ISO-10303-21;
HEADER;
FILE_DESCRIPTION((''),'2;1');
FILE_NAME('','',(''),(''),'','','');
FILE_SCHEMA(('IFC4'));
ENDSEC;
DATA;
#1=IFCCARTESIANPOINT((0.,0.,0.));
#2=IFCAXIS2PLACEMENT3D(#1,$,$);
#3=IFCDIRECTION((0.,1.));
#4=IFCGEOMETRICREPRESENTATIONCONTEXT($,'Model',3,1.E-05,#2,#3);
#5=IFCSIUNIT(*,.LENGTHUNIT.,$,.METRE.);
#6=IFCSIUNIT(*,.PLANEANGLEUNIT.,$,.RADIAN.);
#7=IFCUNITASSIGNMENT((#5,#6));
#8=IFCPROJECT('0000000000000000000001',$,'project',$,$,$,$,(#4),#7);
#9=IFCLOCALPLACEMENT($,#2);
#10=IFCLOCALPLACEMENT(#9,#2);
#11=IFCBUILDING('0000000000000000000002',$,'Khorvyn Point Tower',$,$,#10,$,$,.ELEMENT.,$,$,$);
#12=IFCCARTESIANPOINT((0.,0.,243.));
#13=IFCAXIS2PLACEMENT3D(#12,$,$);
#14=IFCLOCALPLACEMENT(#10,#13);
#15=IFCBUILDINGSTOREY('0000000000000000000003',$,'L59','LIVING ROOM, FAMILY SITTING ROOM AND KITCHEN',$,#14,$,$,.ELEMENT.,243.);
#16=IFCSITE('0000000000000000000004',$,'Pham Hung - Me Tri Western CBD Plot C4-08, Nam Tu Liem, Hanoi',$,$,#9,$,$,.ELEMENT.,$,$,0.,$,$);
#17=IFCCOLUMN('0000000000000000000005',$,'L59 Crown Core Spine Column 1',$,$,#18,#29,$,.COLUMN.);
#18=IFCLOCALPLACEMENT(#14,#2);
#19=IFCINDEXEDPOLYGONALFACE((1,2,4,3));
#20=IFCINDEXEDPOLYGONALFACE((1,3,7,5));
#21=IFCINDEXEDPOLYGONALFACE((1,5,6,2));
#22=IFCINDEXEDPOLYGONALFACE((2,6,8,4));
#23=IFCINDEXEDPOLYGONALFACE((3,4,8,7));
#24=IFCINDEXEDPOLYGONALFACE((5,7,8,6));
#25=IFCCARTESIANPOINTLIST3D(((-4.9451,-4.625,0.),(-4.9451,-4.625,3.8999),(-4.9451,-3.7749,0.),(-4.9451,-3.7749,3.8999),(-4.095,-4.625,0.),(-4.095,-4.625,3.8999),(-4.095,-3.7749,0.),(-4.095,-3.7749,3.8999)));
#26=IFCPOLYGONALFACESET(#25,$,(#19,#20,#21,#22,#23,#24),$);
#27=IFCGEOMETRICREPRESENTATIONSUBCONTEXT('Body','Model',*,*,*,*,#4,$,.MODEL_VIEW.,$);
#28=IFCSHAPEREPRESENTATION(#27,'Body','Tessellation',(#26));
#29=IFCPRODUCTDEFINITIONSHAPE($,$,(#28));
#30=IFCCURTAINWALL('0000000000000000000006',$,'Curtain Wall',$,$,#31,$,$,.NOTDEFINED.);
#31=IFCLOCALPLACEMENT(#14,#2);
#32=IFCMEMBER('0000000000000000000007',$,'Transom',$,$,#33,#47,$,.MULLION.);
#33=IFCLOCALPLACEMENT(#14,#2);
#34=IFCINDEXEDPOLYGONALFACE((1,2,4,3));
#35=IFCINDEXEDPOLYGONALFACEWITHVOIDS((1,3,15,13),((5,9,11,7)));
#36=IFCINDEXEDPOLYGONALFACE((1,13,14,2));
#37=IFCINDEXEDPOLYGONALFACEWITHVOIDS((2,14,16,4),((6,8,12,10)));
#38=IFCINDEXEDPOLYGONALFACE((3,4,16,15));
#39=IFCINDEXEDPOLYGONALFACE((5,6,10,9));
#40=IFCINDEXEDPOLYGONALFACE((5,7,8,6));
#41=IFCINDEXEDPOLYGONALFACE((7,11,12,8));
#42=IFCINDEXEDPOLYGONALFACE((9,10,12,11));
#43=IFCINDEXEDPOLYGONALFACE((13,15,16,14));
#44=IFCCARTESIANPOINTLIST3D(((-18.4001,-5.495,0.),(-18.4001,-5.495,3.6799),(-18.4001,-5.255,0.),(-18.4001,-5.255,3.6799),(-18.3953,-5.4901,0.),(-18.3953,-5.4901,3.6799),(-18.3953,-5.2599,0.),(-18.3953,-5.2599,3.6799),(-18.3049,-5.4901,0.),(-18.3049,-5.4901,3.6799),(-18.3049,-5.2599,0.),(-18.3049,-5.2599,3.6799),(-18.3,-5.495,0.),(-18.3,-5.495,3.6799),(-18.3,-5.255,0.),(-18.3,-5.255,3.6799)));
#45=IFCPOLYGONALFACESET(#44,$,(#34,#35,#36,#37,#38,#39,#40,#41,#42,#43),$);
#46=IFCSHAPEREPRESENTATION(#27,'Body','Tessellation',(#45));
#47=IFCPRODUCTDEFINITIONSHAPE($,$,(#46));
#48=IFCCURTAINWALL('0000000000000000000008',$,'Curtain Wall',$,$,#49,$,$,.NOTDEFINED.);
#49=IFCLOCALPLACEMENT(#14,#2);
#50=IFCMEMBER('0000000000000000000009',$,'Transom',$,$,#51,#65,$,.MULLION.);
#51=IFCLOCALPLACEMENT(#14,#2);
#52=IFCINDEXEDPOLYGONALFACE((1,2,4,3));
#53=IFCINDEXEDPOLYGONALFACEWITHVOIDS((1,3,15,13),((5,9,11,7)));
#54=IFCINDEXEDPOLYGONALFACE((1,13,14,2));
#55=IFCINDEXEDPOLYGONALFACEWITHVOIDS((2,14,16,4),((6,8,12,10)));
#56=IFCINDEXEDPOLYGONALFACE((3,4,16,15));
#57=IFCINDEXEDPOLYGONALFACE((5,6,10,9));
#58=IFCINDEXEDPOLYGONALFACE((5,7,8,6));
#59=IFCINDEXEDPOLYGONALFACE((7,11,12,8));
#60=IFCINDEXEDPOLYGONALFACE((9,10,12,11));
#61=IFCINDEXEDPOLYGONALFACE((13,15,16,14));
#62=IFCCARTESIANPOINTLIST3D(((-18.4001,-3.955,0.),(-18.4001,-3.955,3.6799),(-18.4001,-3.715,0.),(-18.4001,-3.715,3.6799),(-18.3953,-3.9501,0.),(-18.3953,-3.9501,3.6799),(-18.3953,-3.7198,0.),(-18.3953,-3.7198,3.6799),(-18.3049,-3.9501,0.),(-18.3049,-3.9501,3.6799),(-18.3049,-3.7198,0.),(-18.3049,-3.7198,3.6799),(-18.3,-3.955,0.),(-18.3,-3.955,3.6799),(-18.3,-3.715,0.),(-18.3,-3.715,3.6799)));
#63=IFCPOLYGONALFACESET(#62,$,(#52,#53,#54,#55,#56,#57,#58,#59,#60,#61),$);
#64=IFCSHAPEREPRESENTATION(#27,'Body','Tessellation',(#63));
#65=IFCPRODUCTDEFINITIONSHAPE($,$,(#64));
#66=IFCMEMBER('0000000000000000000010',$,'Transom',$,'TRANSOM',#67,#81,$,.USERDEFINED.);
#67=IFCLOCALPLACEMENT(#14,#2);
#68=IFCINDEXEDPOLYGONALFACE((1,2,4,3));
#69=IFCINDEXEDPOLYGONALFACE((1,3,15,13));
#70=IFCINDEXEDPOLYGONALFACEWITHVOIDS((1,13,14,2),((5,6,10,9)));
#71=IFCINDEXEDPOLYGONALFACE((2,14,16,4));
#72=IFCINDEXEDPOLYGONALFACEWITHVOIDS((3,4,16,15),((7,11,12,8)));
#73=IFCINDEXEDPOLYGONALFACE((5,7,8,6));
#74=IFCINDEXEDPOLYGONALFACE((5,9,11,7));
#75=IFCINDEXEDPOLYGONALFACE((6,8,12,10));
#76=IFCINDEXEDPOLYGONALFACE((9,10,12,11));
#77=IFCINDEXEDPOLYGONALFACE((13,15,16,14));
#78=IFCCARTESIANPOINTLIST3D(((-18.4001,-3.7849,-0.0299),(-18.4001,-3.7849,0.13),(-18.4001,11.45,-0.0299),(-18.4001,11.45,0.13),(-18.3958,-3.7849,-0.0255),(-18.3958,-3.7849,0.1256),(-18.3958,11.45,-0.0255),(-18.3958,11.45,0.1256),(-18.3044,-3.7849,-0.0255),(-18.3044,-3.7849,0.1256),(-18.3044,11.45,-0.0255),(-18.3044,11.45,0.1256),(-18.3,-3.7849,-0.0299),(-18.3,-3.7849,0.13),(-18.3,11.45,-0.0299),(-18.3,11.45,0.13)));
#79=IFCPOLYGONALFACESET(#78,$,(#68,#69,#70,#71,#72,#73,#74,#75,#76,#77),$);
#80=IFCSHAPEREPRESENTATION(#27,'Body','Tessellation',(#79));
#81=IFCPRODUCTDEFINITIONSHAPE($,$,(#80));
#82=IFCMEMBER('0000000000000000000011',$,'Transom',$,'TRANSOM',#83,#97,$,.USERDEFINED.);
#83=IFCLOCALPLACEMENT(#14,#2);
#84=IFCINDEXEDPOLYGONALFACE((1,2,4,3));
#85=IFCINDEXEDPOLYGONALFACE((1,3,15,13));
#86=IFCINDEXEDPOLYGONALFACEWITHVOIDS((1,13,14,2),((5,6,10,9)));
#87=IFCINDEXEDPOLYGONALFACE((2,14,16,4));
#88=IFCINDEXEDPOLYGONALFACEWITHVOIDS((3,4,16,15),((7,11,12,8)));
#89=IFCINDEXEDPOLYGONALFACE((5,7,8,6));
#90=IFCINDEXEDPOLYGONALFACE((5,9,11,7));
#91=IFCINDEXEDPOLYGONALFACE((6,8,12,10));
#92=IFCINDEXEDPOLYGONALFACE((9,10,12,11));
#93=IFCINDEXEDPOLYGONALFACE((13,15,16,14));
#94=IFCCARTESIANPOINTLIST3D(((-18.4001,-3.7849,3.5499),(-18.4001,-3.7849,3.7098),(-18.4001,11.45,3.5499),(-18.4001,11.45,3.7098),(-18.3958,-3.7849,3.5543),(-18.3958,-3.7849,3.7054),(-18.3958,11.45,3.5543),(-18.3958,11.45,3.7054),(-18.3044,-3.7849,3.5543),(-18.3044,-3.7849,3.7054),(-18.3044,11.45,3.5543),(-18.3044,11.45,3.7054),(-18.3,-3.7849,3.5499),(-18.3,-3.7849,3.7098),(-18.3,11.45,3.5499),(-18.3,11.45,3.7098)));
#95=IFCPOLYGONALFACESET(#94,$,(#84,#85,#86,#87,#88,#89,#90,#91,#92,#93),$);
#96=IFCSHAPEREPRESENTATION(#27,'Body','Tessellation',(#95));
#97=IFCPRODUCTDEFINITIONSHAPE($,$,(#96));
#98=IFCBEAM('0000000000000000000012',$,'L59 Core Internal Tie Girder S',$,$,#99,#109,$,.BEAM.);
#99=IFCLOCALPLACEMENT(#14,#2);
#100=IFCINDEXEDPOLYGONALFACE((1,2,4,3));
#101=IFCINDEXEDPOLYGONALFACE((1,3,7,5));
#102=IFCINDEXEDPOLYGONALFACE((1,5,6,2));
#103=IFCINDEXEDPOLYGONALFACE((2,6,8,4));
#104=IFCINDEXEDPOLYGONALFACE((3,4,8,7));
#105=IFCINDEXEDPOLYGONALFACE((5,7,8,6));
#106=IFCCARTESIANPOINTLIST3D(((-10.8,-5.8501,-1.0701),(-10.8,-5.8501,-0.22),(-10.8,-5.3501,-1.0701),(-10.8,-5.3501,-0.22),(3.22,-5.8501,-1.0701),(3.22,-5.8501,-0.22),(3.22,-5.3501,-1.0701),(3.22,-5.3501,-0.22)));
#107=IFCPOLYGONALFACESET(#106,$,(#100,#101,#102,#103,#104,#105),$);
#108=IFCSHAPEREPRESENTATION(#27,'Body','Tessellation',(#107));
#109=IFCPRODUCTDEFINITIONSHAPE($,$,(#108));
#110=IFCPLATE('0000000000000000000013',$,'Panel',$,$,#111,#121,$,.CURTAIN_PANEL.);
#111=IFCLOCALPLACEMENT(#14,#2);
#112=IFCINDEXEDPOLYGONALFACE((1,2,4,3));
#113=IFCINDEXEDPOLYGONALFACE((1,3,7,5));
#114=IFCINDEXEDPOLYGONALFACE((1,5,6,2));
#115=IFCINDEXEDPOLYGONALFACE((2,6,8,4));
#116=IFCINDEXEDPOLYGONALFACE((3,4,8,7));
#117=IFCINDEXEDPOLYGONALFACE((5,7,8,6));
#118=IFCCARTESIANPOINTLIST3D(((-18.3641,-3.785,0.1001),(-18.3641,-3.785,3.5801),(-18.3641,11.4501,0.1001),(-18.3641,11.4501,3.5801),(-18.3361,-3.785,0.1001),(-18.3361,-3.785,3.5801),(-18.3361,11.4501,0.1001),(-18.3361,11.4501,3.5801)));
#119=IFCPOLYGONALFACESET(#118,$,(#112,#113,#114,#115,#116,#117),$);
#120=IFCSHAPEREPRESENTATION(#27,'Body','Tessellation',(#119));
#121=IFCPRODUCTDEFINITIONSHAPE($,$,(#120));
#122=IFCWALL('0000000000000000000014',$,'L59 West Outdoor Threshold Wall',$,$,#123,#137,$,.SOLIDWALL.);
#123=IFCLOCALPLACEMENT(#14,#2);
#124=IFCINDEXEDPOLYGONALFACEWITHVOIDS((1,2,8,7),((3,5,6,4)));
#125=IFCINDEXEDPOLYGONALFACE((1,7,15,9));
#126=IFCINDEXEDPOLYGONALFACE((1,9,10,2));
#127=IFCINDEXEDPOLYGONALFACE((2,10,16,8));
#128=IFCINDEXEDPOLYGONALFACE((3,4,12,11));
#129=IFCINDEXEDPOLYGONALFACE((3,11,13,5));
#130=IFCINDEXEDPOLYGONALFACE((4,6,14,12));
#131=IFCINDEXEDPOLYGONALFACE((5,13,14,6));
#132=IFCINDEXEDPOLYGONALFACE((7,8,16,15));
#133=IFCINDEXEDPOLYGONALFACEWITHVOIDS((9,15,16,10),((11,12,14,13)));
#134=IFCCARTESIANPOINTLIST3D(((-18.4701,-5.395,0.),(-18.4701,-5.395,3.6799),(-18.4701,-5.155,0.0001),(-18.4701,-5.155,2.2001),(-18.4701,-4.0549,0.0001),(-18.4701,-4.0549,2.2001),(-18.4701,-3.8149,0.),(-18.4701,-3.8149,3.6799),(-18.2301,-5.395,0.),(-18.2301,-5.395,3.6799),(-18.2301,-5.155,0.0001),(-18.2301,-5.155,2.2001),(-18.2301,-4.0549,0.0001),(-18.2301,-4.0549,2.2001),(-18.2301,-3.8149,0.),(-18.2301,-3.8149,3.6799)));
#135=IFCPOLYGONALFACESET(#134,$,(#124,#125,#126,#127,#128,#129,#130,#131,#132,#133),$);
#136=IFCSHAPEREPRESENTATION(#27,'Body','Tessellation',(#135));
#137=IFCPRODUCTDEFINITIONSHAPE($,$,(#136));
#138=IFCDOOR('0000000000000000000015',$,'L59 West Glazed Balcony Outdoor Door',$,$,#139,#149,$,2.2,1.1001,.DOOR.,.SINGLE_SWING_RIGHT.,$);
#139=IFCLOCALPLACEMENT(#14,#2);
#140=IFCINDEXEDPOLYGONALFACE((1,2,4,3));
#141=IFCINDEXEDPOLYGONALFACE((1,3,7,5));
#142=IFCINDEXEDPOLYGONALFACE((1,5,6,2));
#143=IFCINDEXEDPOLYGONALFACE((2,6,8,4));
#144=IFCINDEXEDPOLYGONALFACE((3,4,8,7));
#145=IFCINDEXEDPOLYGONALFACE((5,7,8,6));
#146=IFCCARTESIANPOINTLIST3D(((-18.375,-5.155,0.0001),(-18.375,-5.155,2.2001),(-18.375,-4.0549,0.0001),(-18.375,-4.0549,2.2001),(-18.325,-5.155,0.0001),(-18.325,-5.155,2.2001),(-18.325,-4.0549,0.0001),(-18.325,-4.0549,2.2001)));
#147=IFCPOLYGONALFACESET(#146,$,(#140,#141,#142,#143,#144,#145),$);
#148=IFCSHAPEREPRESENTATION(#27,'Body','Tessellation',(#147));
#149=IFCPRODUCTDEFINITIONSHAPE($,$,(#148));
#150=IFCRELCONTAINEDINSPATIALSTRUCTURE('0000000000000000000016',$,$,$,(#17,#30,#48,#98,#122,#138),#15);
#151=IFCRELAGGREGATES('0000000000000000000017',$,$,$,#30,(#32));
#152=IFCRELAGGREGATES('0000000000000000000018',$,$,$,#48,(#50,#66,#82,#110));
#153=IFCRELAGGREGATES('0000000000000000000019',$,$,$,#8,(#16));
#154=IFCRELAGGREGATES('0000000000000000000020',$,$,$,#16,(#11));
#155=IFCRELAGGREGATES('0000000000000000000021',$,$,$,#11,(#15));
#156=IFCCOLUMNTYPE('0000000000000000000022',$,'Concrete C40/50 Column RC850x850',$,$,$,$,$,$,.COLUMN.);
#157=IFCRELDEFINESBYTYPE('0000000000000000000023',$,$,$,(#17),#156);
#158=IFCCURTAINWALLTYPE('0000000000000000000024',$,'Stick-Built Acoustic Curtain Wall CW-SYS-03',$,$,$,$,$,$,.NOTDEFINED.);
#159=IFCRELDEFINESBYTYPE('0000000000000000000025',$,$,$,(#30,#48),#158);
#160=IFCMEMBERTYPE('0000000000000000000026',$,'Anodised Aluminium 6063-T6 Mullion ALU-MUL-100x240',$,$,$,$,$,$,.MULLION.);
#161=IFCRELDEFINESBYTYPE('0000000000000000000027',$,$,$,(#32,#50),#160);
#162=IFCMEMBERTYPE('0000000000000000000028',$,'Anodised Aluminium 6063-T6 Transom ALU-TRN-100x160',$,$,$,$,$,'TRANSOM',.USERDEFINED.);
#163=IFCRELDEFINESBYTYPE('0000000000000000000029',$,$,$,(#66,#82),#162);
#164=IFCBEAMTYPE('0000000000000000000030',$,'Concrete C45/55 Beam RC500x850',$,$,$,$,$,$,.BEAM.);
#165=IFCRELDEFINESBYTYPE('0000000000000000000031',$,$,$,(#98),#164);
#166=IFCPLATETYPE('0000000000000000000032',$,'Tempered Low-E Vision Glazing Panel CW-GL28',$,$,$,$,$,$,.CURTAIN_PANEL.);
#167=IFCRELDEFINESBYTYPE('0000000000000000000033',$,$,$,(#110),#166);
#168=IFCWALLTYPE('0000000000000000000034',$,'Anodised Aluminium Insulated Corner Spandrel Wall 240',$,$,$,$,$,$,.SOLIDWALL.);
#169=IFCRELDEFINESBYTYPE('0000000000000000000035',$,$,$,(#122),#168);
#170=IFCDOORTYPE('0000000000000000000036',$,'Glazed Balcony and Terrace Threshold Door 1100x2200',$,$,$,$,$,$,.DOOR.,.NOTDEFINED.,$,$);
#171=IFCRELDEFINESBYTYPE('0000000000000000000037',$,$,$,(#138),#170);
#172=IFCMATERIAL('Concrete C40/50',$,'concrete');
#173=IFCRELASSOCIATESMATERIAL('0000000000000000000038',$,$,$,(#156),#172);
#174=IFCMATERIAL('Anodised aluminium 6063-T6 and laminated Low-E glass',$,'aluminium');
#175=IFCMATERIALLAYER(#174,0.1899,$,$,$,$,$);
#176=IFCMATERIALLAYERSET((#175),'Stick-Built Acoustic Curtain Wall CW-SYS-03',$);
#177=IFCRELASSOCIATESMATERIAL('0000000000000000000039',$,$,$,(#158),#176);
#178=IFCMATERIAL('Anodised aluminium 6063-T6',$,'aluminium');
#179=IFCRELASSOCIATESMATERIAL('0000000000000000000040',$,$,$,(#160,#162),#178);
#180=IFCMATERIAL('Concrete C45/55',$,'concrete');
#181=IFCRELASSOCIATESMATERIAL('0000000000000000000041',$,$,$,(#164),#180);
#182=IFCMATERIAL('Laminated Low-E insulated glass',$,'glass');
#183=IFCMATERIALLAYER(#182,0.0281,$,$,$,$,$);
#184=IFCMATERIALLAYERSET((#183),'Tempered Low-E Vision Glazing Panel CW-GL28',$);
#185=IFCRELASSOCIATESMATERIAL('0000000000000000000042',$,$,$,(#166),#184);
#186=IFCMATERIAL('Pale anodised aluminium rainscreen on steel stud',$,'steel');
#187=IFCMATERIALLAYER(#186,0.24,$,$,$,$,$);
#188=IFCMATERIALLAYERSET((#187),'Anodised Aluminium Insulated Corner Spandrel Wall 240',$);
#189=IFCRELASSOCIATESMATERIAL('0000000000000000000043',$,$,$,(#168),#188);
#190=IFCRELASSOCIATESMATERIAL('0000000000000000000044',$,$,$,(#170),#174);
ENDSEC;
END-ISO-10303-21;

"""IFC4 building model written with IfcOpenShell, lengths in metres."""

from ifc_helpers import new_model, si_unit, direction, frame, frame_2d, origin, origin_2d, place, context, subcontext, project, spatial, rectangle, hollow_rectangle, extrude, material, layer, layer_set, material_profile, profile_set, type_object, element, fill, aggregate, save


model = new_model("IFC4")

# Units and contexts
model_context = context("Model", 3, precision=1e-05, world=origin(), true_north=direction((0.0, 1.0)))
body_context = subcontext(model_context, "Body", "Model", "MODEL_VIEW")
ifc_project = project(units=[si_unit("LENGTHUNIT", "METRE"), si_unit("PLANEANGLEUNIT", "RADIAN")], contexts=[model_context])

# Site, building, storey
site_placement = place(None, origin())
site = spatial("IfcSite", under=ifc_project, at=site_placement, Name="Pham Hung - Me Tri Western CBD Plot C4-08, Nam Tu Liem, Hanoi", CompositionType="ELEMENT", RefElevation=0.0)
building_placement = place(site_placement, origin())
building = spatial("IfcBuilding", under=site, at=building_placement, Name="Khorvyn Point Tower", CompositionType="ELEMENT")
storey_placement = place(building_placement, frame((0.0, 0.0, 243.0)))
storey = spatial("IfcBuildingStorey", under=building, at=storey_placement, Name="L59", Description="LIVING ROOM, FAMILY SITTING ROOM AND KITCHEN", CompositionType="ELEMENT", Elevation=243.0)

# Column
ifc_material_1 = material(Name="Concrete C40/50", Category="concrete")
ifc_material_profile_1 = material_profile(ifc_material_1, rectangle(XDim=0.8501, YDim=0.8501, at=origin_2d()))
ifc_profile_set_1 = profile_set([ifc_material_profile_1], Name="Concrete C40/50 RC850x850")
column_type = type_object("IfcColumnType", Name="Concrete C40/50 Column RC850x850", PredefinedType="COLUMN", material=ifc_profile_set_1)
column_placement = place(storey_placement, frame((-4.52, -4.2, 0.0), z_axis=(0.0, 0.0, 1.0), x_axis=(1.0, 0.0, 0.0)))
element("IfcColumn", 1, at=column_placement, inside=storey, type_object=column_type, Name="L59 Crown Core Spine Column 1", PredefinedType="COLUMN", context=body_context, shape_type="SweptSolid", body=[
    extrude(rectangle(XDim=0.8501, YDim=0.8501, at=origin_2d()), origin(), (0.0, 0.0, 1.0), 3.8999),
])

# Curtain wall, member
ifc_material_2 = material(Name="Anodised aluminium 6063-T6 and laminated Low-E glass", Category="aluminium")
ifc_layer_1 = layer(ifc_material_2, 0.1899)
ifc_layer_set_1 = layer_set([ifc_layer_1], Name="Stick-Built Acoustic Curtain Wall CW-SYS-03")
curtain_wall_type = type_object("IfcCurtainWallType", Name="Stick-Built Acoustic Curtain Wall CW-SYS-03", PredefinedType="NOTDEFINED", material=ifc_layer_set_1)
curtain_wall_1_placement = place(storey_placement, origin())
curtain_wall_1 = element("IfcCurtainWall", 2, at=curtain_wall_1_placement, inside=storey, type_object=curtain_wall_type, Name="Curtain Wall", PredefinedType="NOTDEFINED")
ifc_material_3 = material(Name="Anodised aluminium 6063-T6", Category="aluminium")
ifc_material_profile_2 = material_profile(ifc_material_3, hollow_rectangle(XDim=0.1001, YDim=0.24, WallThickness=0.0049, at=origin_2d()))
ifc_profile_set_2 = profile_set([ifc_material_profile_2], Name="Anodised aluminium 6063-T6 ALU-MUL-100x240")
member_type_1 = type_object("IfcMemberType", Name="Anodised Aluminium 6063-T6 Mullion ALU-MUL-100x240", PredefinedType="MULLION", material=ifc_profile_set_2)
member_1_placement = place(storey_placement, frame((-18.3501, -5.375, 0.0), z_axis=(0.0, 0.0, 1.0), x_axis=(-1.0, 0.0, 0.0)))
member_1 = element("IfcMember", 3, at=member_1_placement, type_object=member_type_1, Name="Transom", PredefinedType="MULLION", context=body_context, shape_type="SweptSolid", body=[
    extrude(hollow_rectangle(XDim=0.1001, YDim=0.24, WallThickness=0.0049, at=origin_2d()), origin(), (0.0, 0.0, 1.0), 3.6799),
])
aggregate(curtain_wall_1, [member_1])

# Curtain wall, members
curtain_wall_2_placement = place(storey_placement, origin())
curtain_wall_2 = element("IfcCurtainWall", 4, at=curtain_wall_2_placement, inside=storey, type_object=curtain_wall_type, Name="Curtain Wall", PredefinedType="NOTDEFINED")
member_2_placement = place(storey_placement, frame((-18.3501, -3.835, 0.0), z_axis=(0.0, 0.0, 1.0), x_axis=(-1.0, 0.0, 0.0)))
member_2 = element("IfcMember", 5, at=member_2_placement, type_object=member_type_1, Name="Transom", PredefinedType="MULLION", context=body_context, shape_type="SweptSolid", body=[
    extrude(hollow_rectangle(XDim=0.1001, YDim=0.24, WallThickness=0.0049, at=origin_2d()), origin(), (0.0, 0.0, 1.0), 3.6799),
])
ifc_material_profile_3 = material_profile(ifc_material_3, hollow_rectangle(XDim=0.1001, YDim=0.1599, WallThickness=0.0044, at=origin_2d()))
ifc_profile_set_3 = profile_set([ifc_material_profile_3], Name="Anodised aluminium 6063-T6 ALU-TRN-100x160")
member_type_2 = type_object("IfcMemberType", Name="Anodised Aluminium 6063-T6 Transom ALU-TRN-100x160", ElementType="TRANSOM", PredefinedType="USERDEFINED", material=ifc_profile_set_3)
member_3_placement = place(storey_placement, frame((-18.3501, -3.7849, 0.05), z_axis=(0.0, 1.0, 0.0), x_axis=(-1.0, 0.0, 0.0)))
member_3 = element("IfcMember", 6, at=member_3_placement, type_object=member_type_2, Name="Transom", ObjectType="TRANSOM", PredefinedType="USERDEFINED", context=body_context, shape_type="SweptSolid", body=[
    extrude(hollow_rectangle(XDim=0.1001, YDim=0.1599, WallThickness=0.0044, at=origin_2d()), origin(), (0.0, 0.0, 1.0), 15.2349),
])
member_4_placement = place(storey_placement, frame((-18.3501, -3.7849, 3.6299), z_axis=(0.0, 1.0, 0.0), x_axis=(-1.0, 0.0, 0.0)))
member_4 = element("IfcMember", 7, at=member_4_placement, type_object=member_type_2, Name="Transom", ObjectType="TRANSOM", PredefinedType="USERDEFINED", context=body_context, shape_type="SweptSolid", body=[
    extrude(hollow_rectangle(XDim=0.1001, YDim=0.1599, WallThickness=0.0044, at=origin_2d()), origin(), (0.0, 0.0, 1.0), 15.2349),
])

# Beam
ifc_material_4 = material(Name="Concrete C45/55", Category="concrete")
ifc_material_profile_4 = material_profile(ifc_material_4, rectangle(XDim=0.5, YDim=0.8501, at=origin_2d()))
ifc_profile_set_4 = profile_set([ifc_material_profile_4], Name="Concrete C45/55 RC500x850")
beam_type = type_object("IfcBeamType", Name="Concrete C45/55 Beam RC500x850", PredefinedType="BEAM", material=ifc_profile_set_4)
beam_placement = place(storey_placement, frame((-10.8, -5.6001, -0.645), z_axis=(1.0, 0.0, 0.0), x_axis=(0.0, 1.0, 0.0)))
element("IfcBeam", 8, at=beam_placement, inside=storey, type_object=beam_type, Name="L59 Core Internal Tie Girder S", PredefinedType="BEAM", context=body_context, shape_type="SweptSolid", body=[
    extrude(rectangle(XDim=0.5, YDim=0.8501, at=origin_2d()), origin(), (0.0, 0.0, 1.0), 14.02),
])

# Plate
ifc_material_5 = material(Name="Laminated Low-E insulated glass", Category="glass")
ifc_layer_2 = layer(ifc_material_5, 0.0281)
ifc_layer_set_2 = layer_set([ifc_layer_2], Name="Tempered Low-E Vision Glazing Panel CW-GL28")
plate_type = type_object("IfcPlateType", Name="Tempered Low-E Vision Glazing Panel CW-GL28", PredefinedType="CURTAIN_PANEL", material=ifc_layer_set_2)
plate_placement = place(storey_placement, frame((-18.3501, 3.8325, 0.1001), z_axis=(0.0, 0.0, 1.0), x_axis=(0.0, 1.0, 0.0)))
plate = element("IfcPlate", 9, at=plate_placement, type_object=plate_type, Name="Panel", PredefinedType="CURTAIN_PANEL", context=body_context, shape_type="SweptSolid", body=[
    extrude(rectangle(XDim=15.2351, YDim=0.0281, at=origin_2d()), origin(), (0.0, 0.0, 1.0), 3.48),
])
aggregate(curtain_wall_2, [member_2, member_3, member_4, plate])

# Wall, opening, door
ifc_material_6 = material(Name="Pale anodised aluminium rainscreen on steel stud", Category="steel")
ifc_layer_3 = layer(ifc_material_6, 0.24)
ifc_layer_set_3 = layer_set([ifc_layer_3], Name="Anodised Aluminium Insulated Corner Spandrel Wall 240")
wall_type_1 = type_object("IfcWallType", Name="Anodised Aluminium Insulated Corner Spandrel Wall 240", PredefinedType="SOLIDWALL", material=ifc_layer_set_3)
wall_1_placement = place(storey_placement, frame((-18.3501, -5.395, 0.0), z_axis=(0.0, 0.0, 1.0), x_axis=(0.0, 1.0, 0.0)))
wall_1 = element("IfcWall", 10, at=wall_1_placement, inside=storey, type_object=wall_type_1, Name="L59 West Outdoor Threshold Wall", PredefinedType="SOLIDWALL", context=body_context, shape_type="SweptSolid", body=[
    extrude(rectangle(XDim=1.5801, YDim=0.24, at=frame_2d((0.79, 0.0))), origin(), (0.0, 0.0, 1.0), 3.6799),
])
opening_1_placement = place(wall_1_placement, frame((0.24, 0.0, 0.0)))
opening_1 = element("IfcOpeningElement", 11, at=opening_1_placement, cuts=wall_1, PredefinedType="OPENING", context=body_context, shape_type="SweptSolid", body=[
    extrude(rectangle(XDim=1.1001, YDim=2.2, at=frame_2d((0.55, 1.1001))), frame((0.0, 0.1299, 0.0), z_axis=(0.0, -1.0, 0.0), x_axis=(1.0, 0.0, 0.0)), (0.0, 0.0, 1.0), 0.26),
])
door_type_1 = type_object("IfcDoorType", Name="Glazed Balcony and Terrace Threshold Door 1100x2200", OperationType="NOTDEFINED", PredefinedType="DOOR", material=ifc_material_2)
door_1_placement = place(opening_1_placement, origin())
door_1 = element("IfcDoor", 12, at=door_1_placement, inside=storey, type_object=door_type_1, Name="L59 West Glazed Balcony Outdoor Door", OperationType="SINGLE_SWING_RIGHT", OverallHeight=2.2, OverallWidth=1.1001, PredefinedType="DOOR", context=body_context, shape_type="SweptSolid", body=[
    extrude(rectangle(XDim=1.1001, YDim=2.2, at=frame_2d((0.55, 1.1001))), frame((0.0, 0.0249, 0.0), z_axis=(0.0, -1.0, 0.0), x_axis=(1.0, 0.0, 0.0)), (0.0, 0.0, 1.0), 0.05),
])
fill(opening_1, door_1)

save(model, "model.ifc")
